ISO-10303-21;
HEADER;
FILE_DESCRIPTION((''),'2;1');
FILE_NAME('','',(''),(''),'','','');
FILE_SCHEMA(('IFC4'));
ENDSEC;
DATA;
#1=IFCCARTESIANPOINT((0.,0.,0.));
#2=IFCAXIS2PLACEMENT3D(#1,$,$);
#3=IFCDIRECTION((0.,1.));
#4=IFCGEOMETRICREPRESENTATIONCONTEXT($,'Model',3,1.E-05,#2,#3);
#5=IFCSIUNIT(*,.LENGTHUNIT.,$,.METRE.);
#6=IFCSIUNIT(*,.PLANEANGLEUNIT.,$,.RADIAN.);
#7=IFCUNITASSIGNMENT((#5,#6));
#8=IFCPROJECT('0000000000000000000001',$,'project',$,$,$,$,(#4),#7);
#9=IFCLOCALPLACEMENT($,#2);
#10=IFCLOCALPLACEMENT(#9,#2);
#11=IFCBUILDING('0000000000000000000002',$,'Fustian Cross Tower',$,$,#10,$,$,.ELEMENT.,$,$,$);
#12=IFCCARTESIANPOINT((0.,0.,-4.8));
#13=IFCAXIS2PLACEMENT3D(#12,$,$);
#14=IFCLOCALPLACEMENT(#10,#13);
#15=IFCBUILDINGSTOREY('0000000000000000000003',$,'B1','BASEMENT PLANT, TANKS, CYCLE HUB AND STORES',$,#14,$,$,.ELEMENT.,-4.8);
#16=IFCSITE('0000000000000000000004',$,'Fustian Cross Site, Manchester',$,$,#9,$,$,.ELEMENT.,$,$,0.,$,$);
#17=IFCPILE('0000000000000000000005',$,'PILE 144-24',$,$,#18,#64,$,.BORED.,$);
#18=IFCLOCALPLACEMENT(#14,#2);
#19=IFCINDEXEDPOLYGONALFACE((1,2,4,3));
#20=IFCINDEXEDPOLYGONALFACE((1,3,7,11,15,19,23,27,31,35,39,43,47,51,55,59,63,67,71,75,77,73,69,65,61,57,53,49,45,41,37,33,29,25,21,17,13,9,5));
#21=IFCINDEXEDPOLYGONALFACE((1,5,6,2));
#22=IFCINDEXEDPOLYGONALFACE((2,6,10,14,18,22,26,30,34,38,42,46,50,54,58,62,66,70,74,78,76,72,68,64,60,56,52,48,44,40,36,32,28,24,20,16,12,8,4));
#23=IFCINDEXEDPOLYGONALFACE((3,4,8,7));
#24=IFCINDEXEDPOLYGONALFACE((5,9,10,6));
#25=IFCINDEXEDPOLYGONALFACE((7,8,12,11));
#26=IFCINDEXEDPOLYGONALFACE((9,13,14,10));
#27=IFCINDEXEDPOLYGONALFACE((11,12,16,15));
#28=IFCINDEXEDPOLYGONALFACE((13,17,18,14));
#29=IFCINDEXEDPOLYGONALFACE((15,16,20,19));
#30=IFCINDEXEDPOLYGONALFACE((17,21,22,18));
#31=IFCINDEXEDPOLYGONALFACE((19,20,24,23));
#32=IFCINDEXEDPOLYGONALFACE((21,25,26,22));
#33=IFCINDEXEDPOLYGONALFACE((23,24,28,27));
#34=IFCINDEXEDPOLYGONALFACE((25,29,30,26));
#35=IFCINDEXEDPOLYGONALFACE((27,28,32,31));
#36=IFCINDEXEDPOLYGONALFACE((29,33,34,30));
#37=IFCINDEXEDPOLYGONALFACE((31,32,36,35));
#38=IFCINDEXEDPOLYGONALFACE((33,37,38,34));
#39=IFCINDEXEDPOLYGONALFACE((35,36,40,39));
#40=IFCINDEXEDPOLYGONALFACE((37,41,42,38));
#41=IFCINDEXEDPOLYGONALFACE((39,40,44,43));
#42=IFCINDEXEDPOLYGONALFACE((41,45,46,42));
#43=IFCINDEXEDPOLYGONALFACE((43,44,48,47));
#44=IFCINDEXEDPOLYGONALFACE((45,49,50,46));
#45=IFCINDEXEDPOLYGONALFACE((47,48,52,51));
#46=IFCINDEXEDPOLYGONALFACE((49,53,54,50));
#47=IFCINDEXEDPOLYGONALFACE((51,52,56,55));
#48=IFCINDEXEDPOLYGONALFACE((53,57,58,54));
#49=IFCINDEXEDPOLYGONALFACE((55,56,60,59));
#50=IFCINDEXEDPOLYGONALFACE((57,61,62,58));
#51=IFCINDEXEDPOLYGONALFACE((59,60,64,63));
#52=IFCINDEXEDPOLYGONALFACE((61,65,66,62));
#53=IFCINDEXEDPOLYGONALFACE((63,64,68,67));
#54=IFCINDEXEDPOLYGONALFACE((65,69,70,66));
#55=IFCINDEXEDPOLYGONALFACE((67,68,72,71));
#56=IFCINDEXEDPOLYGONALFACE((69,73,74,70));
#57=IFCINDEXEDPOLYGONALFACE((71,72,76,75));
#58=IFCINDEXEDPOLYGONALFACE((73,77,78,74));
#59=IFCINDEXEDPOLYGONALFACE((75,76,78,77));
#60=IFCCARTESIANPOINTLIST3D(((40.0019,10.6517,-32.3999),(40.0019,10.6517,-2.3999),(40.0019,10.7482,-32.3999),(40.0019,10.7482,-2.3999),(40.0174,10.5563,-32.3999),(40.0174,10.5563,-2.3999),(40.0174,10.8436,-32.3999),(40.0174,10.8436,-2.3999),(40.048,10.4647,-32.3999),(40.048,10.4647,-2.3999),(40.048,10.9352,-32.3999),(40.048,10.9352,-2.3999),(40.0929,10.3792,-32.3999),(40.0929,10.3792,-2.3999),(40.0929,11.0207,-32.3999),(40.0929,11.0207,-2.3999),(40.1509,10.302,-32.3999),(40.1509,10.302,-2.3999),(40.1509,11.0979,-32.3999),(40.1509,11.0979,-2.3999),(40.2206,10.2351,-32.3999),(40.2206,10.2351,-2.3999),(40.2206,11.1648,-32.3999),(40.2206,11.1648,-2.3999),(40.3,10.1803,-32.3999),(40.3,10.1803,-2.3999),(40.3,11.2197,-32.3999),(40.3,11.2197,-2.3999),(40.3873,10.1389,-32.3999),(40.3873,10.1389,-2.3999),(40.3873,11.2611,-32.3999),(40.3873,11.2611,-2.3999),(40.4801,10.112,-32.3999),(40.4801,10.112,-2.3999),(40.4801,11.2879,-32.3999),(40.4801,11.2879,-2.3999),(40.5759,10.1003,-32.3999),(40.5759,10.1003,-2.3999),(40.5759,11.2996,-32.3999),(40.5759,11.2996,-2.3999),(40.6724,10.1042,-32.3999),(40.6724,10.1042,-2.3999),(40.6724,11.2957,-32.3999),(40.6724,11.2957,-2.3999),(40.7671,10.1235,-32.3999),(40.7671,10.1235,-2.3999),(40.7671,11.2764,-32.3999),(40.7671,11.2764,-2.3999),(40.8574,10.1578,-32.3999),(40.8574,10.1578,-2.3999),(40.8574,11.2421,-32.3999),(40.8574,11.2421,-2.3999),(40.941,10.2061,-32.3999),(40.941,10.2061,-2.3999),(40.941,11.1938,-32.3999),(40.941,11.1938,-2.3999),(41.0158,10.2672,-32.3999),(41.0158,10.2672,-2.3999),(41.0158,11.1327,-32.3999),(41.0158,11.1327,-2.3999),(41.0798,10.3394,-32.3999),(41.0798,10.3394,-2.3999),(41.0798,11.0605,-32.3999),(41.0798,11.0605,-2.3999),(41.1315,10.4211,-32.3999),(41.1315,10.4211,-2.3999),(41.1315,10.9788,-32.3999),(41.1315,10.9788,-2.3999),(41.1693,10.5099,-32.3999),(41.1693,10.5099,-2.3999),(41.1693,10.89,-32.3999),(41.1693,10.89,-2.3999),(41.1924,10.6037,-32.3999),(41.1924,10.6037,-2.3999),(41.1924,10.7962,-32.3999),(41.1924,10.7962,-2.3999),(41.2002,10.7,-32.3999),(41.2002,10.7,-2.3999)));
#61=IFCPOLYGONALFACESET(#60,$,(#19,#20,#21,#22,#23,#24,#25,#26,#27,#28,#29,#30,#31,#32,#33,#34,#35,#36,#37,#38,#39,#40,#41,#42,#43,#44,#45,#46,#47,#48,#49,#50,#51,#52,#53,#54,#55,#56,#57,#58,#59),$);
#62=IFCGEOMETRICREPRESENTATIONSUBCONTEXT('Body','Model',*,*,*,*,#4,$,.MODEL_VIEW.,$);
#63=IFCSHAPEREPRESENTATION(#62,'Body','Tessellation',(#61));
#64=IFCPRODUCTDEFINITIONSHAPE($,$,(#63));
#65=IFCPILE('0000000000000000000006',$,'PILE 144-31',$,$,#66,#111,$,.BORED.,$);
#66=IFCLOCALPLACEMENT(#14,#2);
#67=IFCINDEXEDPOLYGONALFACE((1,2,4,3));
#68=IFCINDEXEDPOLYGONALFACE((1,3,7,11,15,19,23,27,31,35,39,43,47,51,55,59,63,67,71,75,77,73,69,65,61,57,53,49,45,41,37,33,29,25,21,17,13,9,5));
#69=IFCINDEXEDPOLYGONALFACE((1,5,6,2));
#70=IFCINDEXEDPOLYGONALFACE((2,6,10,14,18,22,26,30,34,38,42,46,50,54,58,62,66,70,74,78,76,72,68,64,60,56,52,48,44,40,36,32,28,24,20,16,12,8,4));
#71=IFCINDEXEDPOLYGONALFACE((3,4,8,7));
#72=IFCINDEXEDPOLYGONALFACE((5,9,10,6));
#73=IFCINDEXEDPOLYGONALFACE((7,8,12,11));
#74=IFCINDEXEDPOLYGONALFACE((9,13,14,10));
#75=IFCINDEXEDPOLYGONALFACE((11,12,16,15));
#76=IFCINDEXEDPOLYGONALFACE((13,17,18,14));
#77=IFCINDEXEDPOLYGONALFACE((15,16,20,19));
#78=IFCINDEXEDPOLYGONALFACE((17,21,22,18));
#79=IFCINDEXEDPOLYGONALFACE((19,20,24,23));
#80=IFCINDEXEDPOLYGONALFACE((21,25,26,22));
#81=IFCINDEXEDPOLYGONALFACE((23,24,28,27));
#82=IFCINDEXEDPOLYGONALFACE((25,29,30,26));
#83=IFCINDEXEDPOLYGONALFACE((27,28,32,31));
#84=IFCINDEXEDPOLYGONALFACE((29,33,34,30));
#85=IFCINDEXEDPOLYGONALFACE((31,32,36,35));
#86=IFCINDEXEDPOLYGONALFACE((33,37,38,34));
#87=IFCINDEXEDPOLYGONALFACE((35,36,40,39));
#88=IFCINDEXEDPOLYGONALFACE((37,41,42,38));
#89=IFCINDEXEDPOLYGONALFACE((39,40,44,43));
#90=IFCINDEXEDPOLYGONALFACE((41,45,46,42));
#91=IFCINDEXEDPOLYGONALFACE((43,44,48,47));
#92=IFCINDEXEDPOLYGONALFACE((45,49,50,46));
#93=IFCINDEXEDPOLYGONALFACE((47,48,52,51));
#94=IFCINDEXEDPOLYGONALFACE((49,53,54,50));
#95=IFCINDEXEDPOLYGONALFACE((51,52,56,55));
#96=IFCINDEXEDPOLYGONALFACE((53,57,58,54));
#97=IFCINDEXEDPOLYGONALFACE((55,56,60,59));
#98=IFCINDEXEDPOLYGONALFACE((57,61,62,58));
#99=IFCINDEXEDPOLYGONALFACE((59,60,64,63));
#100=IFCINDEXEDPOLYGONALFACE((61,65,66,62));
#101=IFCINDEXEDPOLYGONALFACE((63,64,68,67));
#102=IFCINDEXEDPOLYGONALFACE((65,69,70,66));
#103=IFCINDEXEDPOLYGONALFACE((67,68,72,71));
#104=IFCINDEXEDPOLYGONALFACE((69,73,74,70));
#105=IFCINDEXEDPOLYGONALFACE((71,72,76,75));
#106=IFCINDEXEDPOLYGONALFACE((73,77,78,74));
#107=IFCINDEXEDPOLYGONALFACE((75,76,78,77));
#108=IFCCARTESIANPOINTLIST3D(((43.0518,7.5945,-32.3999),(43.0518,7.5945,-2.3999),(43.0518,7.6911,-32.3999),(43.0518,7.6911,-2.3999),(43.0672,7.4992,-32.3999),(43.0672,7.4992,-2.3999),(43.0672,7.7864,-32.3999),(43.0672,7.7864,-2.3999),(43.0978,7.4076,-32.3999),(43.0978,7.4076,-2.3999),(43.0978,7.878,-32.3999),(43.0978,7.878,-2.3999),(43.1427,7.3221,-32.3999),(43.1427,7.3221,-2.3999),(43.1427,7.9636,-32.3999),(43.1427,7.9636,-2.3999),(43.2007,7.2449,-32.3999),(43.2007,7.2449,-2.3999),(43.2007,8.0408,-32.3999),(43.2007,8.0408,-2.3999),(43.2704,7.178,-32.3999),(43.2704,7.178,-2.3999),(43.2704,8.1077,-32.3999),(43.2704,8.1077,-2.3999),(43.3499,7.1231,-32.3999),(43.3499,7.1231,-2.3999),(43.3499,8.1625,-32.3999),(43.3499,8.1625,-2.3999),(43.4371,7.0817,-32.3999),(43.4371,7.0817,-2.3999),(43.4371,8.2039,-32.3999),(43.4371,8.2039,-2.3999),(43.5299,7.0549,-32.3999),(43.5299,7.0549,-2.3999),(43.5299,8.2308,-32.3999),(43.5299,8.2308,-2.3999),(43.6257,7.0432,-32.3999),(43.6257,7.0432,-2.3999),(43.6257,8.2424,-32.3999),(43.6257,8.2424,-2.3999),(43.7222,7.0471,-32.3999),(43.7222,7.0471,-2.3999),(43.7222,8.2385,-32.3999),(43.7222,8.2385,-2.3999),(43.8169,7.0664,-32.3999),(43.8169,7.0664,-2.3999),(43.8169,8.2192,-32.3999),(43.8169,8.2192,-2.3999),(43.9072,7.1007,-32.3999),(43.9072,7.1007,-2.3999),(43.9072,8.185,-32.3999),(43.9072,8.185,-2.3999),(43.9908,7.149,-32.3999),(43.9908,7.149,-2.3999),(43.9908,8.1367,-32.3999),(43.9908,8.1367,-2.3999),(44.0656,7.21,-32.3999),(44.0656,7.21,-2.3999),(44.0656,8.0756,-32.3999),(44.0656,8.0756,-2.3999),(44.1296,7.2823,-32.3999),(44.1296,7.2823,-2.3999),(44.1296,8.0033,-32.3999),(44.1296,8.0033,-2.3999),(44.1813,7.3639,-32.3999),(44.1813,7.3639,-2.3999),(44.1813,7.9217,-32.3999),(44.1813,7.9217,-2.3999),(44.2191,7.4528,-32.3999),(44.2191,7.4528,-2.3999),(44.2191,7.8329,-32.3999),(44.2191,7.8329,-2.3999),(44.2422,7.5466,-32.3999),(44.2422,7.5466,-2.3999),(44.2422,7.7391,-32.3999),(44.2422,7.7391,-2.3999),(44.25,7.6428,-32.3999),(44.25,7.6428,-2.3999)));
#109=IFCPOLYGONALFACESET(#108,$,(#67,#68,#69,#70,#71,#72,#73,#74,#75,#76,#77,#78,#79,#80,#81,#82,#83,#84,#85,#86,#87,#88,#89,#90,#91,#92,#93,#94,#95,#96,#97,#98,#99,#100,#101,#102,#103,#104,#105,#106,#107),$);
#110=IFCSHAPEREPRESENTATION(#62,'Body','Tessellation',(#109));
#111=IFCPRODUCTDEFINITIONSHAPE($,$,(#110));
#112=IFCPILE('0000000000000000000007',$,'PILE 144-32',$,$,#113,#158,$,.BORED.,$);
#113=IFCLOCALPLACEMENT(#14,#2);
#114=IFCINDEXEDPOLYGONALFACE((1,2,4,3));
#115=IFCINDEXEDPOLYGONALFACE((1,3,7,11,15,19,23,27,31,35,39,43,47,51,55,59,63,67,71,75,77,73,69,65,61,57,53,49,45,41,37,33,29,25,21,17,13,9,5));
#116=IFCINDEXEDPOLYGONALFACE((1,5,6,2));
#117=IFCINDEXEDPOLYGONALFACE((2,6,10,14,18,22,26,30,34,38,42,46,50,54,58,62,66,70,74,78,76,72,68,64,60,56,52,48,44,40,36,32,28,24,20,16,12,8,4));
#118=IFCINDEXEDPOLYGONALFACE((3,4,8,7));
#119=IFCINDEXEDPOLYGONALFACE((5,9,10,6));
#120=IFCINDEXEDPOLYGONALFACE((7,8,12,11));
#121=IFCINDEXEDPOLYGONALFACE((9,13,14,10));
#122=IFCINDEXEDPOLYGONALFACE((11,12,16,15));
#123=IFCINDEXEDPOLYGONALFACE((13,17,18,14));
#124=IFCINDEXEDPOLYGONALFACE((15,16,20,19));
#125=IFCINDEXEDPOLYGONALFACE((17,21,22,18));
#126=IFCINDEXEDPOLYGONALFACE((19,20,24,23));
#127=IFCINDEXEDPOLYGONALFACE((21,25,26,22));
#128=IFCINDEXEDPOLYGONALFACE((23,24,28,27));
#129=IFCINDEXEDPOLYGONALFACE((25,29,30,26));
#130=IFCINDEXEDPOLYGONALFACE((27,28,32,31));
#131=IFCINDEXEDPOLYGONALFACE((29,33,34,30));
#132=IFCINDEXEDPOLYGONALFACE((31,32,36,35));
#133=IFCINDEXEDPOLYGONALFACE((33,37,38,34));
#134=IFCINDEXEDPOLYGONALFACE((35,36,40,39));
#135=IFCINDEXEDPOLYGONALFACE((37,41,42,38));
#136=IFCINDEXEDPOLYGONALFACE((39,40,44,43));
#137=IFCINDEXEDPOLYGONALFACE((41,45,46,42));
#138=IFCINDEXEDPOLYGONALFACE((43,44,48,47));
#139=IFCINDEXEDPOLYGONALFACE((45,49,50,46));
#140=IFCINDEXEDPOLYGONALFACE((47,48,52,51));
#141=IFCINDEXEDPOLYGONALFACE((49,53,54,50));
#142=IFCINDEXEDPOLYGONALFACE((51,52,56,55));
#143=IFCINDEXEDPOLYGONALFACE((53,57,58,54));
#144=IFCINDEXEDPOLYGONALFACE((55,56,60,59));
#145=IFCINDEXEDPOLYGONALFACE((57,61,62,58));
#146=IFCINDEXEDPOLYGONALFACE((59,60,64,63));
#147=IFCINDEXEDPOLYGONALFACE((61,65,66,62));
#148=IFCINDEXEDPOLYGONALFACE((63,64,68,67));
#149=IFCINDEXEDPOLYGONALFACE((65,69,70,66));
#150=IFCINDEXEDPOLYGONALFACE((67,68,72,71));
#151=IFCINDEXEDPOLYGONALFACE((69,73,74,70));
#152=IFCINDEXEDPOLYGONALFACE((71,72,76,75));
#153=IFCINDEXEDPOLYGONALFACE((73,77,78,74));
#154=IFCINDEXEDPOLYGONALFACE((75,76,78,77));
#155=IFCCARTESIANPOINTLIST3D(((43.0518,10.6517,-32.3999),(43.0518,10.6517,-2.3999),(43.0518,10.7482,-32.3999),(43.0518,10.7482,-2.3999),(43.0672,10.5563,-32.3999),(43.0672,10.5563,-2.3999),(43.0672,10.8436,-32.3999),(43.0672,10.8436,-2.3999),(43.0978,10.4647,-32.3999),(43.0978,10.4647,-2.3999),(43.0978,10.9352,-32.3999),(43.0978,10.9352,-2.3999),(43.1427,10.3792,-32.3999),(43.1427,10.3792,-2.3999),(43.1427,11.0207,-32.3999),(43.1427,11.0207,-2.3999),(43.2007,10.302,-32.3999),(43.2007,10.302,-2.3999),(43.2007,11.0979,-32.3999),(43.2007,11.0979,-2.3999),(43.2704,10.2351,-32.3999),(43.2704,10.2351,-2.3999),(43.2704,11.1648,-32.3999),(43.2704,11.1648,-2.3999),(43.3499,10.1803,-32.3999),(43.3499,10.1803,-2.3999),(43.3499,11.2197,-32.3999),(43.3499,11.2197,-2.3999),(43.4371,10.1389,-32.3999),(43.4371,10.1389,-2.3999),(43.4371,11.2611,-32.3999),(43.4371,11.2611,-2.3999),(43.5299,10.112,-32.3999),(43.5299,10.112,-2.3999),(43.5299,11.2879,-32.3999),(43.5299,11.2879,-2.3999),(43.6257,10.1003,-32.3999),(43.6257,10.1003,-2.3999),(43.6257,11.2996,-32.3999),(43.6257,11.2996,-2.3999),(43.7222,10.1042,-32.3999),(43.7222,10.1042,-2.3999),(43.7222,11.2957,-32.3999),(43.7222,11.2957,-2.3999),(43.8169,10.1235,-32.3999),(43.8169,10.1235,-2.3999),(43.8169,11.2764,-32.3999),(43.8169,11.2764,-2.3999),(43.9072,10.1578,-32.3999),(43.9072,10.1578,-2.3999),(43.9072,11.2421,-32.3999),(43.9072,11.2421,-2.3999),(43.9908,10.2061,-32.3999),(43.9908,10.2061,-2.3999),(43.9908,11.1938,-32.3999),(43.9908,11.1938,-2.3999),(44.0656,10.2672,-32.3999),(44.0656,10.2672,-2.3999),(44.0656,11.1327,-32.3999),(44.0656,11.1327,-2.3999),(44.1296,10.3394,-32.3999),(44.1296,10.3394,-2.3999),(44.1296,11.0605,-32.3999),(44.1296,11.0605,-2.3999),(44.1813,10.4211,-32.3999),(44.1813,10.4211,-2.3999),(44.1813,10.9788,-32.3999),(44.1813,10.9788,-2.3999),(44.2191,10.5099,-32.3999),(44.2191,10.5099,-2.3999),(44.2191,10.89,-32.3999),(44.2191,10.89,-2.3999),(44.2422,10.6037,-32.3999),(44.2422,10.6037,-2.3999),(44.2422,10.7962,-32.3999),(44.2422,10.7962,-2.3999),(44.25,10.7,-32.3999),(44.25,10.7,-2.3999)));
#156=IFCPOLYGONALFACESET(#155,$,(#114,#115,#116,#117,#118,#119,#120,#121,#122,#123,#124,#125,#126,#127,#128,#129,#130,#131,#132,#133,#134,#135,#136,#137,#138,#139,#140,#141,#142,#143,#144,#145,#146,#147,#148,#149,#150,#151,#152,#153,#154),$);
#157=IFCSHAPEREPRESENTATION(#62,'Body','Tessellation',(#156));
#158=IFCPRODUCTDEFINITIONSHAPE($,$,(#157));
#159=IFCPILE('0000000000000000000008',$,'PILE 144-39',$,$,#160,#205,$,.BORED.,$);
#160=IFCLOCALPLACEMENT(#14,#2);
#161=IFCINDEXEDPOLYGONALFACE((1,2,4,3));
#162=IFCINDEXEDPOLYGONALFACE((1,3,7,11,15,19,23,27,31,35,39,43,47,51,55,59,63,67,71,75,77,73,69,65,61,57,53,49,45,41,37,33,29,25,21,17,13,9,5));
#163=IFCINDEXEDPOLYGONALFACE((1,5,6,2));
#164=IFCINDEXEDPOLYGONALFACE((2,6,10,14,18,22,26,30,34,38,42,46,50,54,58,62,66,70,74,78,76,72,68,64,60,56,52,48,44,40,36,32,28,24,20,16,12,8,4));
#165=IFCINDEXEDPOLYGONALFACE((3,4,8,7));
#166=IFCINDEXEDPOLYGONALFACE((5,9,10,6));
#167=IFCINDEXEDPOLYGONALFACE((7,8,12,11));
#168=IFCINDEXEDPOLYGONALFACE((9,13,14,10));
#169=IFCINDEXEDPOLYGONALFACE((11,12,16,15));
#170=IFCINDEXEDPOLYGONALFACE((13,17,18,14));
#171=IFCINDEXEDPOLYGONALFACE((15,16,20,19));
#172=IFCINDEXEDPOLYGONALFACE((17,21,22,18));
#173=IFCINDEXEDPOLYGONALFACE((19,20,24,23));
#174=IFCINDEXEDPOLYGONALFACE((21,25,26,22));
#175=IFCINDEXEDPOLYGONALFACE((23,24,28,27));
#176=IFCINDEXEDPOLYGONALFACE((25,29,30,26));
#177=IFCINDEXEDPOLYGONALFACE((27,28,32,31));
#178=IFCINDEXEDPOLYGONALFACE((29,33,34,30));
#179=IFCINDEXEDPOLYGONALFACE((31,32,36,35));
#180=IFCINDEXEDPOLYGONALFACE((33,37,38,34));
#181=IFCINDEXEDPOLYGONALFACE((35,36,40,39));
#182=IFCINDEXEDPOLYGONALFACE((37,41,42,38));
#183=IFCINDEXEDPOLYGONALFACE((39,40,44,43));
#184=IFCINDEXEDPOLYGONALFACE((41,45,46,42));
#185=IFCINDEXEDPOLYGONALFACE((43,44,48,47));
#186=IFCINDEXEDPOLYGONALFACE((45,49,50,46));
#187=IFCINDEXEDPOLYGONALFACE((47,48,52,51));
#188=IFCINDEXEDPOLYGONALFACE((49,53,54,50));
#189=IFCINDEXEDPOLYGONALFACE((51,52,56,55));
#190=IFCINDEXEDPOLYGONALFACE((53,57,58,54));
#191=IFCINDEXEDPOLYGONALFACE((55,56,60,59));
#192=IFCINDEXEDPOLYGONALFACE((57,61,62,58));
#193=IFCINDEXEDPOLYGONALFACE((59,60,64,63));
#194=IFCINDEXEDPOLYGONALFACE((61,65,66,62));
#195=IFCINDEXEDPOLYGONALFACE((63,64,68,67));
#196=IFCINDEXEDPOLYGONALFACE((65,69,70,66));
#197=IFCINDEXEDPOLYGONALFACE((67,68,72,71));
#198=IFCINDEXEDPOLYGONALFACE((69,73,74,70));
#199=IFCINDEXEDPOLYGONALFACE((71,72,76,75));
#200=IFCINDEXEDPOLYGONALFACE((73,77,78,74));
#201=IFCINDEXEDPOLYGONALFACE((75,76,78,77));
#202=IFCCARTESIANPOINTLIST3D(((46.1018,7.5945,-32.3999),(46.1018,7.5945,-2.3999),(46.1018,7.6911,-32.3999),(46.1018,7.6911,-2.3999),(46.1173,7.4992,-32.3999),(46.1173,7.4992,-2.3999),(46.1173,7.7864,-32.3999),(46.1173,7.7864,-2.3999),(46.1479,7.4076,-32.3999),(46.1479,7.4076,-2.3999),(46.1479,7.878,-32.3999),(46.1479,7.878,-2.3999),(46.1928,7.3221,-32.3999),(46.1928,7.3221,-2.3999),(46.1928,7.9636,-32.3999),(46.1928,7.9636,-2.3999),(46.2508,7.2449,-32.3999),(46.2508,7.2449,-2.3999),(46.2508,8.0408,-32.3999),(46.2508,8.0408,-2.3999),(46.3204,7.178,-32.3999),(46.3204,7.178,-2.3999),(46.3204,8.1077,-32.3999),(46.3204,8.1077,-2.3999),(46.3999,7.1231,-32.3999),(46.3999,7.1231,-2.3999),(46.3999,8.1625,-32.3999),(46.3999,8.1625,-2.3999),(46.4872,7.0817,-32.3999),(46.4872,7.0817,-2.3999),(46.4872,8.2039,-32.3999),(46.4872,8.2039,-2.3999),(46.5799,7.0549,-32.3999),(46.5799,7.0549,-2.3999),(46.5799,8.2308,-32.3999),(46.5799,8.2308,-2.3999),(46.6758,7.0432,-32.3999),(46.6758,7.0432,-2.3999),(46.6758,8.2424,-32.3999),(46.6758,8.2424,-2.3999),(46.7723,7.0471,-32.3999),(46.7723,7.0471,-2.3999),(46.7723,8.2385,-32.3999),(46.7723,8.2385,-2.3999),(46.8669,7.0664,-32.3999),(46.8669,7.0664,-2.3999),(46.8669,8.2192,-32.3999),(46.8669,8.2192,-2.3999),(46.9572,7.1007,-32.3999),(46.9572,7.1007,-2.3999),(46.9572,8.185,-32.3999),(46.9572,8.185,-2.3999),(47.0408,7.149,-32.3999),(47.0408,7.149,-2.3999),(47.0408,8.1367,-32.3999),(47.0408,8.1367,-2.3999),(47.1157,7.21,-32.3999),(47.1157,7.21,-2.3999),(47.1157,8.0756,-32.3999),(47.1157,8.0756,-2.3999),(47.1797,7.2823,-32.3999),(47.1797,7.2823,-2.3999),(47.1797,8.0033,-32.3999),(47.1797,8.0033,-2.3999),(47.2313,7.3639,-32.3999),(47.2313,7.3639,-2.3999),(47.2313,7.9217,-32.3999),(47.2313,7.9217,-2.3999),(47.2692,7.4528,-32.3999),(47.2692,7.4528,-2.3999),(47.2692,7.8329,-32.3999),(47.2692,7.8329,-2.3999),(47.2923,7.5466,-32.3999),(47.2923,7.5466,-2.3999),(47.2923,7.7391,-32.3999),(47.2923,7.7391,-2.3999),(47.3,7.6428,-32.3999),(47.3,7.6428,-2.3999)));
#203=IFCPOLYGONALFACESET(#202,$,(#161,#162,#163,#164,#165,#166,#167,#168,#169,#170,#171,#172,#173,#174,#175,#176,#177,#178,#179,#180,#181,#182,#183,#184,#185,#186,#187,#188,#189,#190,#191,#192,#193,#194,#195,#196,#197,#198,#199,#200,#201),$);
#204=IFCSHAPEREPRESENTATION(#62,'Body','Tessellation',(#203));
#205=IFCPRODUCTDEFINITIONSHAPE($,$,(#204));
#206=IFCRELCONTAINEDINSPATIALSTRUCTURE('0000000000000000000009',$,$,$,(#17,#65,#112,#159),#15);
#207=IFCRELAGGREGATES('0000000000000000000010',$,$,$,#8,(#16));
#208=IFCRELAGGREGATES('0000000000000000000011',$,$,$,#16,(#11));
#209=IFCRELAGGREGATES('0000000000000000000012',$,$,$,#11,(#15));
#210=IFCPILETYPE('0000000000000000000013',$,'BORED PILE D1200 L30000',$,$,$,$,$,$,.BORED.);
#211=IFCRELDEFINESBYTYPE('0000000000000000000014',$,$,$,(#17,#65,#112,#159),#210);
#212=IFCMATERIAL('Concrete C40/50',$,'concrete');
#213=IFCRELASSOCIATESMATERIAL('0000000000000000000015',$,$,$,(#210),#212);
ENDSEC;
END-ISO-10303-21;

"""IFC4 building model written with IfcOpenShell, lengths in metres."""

from ifc_helpers import new_model, si_unit, direction, frame, origin, origin_2d, place, context, subcontext, project, spatial, circle, extrude, material, material_profile, profile_set, type_object, element, save


model = new_model("IFC4")

# Units and contexts
model_context = context("Model", 3, precision=1e-05, world=origin(), true_north=direction((0.0, 1.0)))
body_context = subcontext(model_context, "Body", "Model", "MODEL_VIEW")
ifc_project = project(units=[si_unit("LENGTHUNIT", "METRE"), si_unit("PLANEANGLEUNIT", "RADIAN")], contexts=[model_context])

# Site, building, storey
site_placement = place(None, origin())
site = spatial("IfcSite", under=ifc_project, at=site_placement, Name="Fustian Cross Site, Manchester", CompositionType="ELEMENT", RefElevation=0.0)
building_placement = place(site_placement, origin())
building = spatial("IfcBuilding", under=site, at=building_placement, Name="Fustian Cross Tower", CompositionType="ELEMENT")
storey_placement = place(building_placement, frame((0.0, 0.0, -4.8)))
storey = spatial("IfcBuildingStorey", under=building, at=storey_placement, Name="B1", Description="BASEMENT PLANT, TANKS, CYCLE HUB AND STORES", CompositionType="ELEMENT", Elevation=-4.8)

# Piles
ifc_material_1 = material(Name="Concrete C40/50", Category="concrete")
ifc_material_profile_1 = material_profile(ifc_material_1, circle(Radius=0.6001, at=origin_2d()), Name="BORED PILE D1200 L30000")
ifc_profile_set_1 = profile_set([ifc_material_profile_1], Name="Concrete C40/50")
pile_type_1 = type_object("IfcPileType", Name="BORED PILE D1200 L30000", PredefinedType="BORED", material=ifc_profile_set_1)
for number, where, z_axis, x_axis, name in (
    (1, (40.6001, 10.7, -2.3999), (0.0, 0.0, -1.0), (1.0, 0.0, 0.0), "PILE 144-24"),
    (2, (43.6499, 7.6428, -2.3999), (0.0, 0.0, -1.0), (1.0, 0.0, 0.0), "PILE 144-31"),
    (3, (43.6499, 10.7, -2.3999), (0.0, 0.0, -1.0), (1.0, 0.0, 0.0), "PILE 144-32"),
    (4, (46.7, 7.6428, -2.3999), (0.0, 0.0, -1.0), (1.0, 0.0, 0.0), "PILE 144-39"),
):
    element("IfcPile", number, at=place(storey_placement, frame(where, z_axis=z_axis, x_axis=x_axis)), inside=storey, type_object=pile_type_1, Name=name, PredefinedType="BORED", context=body_context, shape_type="SweptSolid", body=[
        extrude(circle(Radius=0.6001, at=origin_2d()), origin(), (0.0, 0.0, 1.0), 30.0),
    ])

save(model, "model.ifc")
